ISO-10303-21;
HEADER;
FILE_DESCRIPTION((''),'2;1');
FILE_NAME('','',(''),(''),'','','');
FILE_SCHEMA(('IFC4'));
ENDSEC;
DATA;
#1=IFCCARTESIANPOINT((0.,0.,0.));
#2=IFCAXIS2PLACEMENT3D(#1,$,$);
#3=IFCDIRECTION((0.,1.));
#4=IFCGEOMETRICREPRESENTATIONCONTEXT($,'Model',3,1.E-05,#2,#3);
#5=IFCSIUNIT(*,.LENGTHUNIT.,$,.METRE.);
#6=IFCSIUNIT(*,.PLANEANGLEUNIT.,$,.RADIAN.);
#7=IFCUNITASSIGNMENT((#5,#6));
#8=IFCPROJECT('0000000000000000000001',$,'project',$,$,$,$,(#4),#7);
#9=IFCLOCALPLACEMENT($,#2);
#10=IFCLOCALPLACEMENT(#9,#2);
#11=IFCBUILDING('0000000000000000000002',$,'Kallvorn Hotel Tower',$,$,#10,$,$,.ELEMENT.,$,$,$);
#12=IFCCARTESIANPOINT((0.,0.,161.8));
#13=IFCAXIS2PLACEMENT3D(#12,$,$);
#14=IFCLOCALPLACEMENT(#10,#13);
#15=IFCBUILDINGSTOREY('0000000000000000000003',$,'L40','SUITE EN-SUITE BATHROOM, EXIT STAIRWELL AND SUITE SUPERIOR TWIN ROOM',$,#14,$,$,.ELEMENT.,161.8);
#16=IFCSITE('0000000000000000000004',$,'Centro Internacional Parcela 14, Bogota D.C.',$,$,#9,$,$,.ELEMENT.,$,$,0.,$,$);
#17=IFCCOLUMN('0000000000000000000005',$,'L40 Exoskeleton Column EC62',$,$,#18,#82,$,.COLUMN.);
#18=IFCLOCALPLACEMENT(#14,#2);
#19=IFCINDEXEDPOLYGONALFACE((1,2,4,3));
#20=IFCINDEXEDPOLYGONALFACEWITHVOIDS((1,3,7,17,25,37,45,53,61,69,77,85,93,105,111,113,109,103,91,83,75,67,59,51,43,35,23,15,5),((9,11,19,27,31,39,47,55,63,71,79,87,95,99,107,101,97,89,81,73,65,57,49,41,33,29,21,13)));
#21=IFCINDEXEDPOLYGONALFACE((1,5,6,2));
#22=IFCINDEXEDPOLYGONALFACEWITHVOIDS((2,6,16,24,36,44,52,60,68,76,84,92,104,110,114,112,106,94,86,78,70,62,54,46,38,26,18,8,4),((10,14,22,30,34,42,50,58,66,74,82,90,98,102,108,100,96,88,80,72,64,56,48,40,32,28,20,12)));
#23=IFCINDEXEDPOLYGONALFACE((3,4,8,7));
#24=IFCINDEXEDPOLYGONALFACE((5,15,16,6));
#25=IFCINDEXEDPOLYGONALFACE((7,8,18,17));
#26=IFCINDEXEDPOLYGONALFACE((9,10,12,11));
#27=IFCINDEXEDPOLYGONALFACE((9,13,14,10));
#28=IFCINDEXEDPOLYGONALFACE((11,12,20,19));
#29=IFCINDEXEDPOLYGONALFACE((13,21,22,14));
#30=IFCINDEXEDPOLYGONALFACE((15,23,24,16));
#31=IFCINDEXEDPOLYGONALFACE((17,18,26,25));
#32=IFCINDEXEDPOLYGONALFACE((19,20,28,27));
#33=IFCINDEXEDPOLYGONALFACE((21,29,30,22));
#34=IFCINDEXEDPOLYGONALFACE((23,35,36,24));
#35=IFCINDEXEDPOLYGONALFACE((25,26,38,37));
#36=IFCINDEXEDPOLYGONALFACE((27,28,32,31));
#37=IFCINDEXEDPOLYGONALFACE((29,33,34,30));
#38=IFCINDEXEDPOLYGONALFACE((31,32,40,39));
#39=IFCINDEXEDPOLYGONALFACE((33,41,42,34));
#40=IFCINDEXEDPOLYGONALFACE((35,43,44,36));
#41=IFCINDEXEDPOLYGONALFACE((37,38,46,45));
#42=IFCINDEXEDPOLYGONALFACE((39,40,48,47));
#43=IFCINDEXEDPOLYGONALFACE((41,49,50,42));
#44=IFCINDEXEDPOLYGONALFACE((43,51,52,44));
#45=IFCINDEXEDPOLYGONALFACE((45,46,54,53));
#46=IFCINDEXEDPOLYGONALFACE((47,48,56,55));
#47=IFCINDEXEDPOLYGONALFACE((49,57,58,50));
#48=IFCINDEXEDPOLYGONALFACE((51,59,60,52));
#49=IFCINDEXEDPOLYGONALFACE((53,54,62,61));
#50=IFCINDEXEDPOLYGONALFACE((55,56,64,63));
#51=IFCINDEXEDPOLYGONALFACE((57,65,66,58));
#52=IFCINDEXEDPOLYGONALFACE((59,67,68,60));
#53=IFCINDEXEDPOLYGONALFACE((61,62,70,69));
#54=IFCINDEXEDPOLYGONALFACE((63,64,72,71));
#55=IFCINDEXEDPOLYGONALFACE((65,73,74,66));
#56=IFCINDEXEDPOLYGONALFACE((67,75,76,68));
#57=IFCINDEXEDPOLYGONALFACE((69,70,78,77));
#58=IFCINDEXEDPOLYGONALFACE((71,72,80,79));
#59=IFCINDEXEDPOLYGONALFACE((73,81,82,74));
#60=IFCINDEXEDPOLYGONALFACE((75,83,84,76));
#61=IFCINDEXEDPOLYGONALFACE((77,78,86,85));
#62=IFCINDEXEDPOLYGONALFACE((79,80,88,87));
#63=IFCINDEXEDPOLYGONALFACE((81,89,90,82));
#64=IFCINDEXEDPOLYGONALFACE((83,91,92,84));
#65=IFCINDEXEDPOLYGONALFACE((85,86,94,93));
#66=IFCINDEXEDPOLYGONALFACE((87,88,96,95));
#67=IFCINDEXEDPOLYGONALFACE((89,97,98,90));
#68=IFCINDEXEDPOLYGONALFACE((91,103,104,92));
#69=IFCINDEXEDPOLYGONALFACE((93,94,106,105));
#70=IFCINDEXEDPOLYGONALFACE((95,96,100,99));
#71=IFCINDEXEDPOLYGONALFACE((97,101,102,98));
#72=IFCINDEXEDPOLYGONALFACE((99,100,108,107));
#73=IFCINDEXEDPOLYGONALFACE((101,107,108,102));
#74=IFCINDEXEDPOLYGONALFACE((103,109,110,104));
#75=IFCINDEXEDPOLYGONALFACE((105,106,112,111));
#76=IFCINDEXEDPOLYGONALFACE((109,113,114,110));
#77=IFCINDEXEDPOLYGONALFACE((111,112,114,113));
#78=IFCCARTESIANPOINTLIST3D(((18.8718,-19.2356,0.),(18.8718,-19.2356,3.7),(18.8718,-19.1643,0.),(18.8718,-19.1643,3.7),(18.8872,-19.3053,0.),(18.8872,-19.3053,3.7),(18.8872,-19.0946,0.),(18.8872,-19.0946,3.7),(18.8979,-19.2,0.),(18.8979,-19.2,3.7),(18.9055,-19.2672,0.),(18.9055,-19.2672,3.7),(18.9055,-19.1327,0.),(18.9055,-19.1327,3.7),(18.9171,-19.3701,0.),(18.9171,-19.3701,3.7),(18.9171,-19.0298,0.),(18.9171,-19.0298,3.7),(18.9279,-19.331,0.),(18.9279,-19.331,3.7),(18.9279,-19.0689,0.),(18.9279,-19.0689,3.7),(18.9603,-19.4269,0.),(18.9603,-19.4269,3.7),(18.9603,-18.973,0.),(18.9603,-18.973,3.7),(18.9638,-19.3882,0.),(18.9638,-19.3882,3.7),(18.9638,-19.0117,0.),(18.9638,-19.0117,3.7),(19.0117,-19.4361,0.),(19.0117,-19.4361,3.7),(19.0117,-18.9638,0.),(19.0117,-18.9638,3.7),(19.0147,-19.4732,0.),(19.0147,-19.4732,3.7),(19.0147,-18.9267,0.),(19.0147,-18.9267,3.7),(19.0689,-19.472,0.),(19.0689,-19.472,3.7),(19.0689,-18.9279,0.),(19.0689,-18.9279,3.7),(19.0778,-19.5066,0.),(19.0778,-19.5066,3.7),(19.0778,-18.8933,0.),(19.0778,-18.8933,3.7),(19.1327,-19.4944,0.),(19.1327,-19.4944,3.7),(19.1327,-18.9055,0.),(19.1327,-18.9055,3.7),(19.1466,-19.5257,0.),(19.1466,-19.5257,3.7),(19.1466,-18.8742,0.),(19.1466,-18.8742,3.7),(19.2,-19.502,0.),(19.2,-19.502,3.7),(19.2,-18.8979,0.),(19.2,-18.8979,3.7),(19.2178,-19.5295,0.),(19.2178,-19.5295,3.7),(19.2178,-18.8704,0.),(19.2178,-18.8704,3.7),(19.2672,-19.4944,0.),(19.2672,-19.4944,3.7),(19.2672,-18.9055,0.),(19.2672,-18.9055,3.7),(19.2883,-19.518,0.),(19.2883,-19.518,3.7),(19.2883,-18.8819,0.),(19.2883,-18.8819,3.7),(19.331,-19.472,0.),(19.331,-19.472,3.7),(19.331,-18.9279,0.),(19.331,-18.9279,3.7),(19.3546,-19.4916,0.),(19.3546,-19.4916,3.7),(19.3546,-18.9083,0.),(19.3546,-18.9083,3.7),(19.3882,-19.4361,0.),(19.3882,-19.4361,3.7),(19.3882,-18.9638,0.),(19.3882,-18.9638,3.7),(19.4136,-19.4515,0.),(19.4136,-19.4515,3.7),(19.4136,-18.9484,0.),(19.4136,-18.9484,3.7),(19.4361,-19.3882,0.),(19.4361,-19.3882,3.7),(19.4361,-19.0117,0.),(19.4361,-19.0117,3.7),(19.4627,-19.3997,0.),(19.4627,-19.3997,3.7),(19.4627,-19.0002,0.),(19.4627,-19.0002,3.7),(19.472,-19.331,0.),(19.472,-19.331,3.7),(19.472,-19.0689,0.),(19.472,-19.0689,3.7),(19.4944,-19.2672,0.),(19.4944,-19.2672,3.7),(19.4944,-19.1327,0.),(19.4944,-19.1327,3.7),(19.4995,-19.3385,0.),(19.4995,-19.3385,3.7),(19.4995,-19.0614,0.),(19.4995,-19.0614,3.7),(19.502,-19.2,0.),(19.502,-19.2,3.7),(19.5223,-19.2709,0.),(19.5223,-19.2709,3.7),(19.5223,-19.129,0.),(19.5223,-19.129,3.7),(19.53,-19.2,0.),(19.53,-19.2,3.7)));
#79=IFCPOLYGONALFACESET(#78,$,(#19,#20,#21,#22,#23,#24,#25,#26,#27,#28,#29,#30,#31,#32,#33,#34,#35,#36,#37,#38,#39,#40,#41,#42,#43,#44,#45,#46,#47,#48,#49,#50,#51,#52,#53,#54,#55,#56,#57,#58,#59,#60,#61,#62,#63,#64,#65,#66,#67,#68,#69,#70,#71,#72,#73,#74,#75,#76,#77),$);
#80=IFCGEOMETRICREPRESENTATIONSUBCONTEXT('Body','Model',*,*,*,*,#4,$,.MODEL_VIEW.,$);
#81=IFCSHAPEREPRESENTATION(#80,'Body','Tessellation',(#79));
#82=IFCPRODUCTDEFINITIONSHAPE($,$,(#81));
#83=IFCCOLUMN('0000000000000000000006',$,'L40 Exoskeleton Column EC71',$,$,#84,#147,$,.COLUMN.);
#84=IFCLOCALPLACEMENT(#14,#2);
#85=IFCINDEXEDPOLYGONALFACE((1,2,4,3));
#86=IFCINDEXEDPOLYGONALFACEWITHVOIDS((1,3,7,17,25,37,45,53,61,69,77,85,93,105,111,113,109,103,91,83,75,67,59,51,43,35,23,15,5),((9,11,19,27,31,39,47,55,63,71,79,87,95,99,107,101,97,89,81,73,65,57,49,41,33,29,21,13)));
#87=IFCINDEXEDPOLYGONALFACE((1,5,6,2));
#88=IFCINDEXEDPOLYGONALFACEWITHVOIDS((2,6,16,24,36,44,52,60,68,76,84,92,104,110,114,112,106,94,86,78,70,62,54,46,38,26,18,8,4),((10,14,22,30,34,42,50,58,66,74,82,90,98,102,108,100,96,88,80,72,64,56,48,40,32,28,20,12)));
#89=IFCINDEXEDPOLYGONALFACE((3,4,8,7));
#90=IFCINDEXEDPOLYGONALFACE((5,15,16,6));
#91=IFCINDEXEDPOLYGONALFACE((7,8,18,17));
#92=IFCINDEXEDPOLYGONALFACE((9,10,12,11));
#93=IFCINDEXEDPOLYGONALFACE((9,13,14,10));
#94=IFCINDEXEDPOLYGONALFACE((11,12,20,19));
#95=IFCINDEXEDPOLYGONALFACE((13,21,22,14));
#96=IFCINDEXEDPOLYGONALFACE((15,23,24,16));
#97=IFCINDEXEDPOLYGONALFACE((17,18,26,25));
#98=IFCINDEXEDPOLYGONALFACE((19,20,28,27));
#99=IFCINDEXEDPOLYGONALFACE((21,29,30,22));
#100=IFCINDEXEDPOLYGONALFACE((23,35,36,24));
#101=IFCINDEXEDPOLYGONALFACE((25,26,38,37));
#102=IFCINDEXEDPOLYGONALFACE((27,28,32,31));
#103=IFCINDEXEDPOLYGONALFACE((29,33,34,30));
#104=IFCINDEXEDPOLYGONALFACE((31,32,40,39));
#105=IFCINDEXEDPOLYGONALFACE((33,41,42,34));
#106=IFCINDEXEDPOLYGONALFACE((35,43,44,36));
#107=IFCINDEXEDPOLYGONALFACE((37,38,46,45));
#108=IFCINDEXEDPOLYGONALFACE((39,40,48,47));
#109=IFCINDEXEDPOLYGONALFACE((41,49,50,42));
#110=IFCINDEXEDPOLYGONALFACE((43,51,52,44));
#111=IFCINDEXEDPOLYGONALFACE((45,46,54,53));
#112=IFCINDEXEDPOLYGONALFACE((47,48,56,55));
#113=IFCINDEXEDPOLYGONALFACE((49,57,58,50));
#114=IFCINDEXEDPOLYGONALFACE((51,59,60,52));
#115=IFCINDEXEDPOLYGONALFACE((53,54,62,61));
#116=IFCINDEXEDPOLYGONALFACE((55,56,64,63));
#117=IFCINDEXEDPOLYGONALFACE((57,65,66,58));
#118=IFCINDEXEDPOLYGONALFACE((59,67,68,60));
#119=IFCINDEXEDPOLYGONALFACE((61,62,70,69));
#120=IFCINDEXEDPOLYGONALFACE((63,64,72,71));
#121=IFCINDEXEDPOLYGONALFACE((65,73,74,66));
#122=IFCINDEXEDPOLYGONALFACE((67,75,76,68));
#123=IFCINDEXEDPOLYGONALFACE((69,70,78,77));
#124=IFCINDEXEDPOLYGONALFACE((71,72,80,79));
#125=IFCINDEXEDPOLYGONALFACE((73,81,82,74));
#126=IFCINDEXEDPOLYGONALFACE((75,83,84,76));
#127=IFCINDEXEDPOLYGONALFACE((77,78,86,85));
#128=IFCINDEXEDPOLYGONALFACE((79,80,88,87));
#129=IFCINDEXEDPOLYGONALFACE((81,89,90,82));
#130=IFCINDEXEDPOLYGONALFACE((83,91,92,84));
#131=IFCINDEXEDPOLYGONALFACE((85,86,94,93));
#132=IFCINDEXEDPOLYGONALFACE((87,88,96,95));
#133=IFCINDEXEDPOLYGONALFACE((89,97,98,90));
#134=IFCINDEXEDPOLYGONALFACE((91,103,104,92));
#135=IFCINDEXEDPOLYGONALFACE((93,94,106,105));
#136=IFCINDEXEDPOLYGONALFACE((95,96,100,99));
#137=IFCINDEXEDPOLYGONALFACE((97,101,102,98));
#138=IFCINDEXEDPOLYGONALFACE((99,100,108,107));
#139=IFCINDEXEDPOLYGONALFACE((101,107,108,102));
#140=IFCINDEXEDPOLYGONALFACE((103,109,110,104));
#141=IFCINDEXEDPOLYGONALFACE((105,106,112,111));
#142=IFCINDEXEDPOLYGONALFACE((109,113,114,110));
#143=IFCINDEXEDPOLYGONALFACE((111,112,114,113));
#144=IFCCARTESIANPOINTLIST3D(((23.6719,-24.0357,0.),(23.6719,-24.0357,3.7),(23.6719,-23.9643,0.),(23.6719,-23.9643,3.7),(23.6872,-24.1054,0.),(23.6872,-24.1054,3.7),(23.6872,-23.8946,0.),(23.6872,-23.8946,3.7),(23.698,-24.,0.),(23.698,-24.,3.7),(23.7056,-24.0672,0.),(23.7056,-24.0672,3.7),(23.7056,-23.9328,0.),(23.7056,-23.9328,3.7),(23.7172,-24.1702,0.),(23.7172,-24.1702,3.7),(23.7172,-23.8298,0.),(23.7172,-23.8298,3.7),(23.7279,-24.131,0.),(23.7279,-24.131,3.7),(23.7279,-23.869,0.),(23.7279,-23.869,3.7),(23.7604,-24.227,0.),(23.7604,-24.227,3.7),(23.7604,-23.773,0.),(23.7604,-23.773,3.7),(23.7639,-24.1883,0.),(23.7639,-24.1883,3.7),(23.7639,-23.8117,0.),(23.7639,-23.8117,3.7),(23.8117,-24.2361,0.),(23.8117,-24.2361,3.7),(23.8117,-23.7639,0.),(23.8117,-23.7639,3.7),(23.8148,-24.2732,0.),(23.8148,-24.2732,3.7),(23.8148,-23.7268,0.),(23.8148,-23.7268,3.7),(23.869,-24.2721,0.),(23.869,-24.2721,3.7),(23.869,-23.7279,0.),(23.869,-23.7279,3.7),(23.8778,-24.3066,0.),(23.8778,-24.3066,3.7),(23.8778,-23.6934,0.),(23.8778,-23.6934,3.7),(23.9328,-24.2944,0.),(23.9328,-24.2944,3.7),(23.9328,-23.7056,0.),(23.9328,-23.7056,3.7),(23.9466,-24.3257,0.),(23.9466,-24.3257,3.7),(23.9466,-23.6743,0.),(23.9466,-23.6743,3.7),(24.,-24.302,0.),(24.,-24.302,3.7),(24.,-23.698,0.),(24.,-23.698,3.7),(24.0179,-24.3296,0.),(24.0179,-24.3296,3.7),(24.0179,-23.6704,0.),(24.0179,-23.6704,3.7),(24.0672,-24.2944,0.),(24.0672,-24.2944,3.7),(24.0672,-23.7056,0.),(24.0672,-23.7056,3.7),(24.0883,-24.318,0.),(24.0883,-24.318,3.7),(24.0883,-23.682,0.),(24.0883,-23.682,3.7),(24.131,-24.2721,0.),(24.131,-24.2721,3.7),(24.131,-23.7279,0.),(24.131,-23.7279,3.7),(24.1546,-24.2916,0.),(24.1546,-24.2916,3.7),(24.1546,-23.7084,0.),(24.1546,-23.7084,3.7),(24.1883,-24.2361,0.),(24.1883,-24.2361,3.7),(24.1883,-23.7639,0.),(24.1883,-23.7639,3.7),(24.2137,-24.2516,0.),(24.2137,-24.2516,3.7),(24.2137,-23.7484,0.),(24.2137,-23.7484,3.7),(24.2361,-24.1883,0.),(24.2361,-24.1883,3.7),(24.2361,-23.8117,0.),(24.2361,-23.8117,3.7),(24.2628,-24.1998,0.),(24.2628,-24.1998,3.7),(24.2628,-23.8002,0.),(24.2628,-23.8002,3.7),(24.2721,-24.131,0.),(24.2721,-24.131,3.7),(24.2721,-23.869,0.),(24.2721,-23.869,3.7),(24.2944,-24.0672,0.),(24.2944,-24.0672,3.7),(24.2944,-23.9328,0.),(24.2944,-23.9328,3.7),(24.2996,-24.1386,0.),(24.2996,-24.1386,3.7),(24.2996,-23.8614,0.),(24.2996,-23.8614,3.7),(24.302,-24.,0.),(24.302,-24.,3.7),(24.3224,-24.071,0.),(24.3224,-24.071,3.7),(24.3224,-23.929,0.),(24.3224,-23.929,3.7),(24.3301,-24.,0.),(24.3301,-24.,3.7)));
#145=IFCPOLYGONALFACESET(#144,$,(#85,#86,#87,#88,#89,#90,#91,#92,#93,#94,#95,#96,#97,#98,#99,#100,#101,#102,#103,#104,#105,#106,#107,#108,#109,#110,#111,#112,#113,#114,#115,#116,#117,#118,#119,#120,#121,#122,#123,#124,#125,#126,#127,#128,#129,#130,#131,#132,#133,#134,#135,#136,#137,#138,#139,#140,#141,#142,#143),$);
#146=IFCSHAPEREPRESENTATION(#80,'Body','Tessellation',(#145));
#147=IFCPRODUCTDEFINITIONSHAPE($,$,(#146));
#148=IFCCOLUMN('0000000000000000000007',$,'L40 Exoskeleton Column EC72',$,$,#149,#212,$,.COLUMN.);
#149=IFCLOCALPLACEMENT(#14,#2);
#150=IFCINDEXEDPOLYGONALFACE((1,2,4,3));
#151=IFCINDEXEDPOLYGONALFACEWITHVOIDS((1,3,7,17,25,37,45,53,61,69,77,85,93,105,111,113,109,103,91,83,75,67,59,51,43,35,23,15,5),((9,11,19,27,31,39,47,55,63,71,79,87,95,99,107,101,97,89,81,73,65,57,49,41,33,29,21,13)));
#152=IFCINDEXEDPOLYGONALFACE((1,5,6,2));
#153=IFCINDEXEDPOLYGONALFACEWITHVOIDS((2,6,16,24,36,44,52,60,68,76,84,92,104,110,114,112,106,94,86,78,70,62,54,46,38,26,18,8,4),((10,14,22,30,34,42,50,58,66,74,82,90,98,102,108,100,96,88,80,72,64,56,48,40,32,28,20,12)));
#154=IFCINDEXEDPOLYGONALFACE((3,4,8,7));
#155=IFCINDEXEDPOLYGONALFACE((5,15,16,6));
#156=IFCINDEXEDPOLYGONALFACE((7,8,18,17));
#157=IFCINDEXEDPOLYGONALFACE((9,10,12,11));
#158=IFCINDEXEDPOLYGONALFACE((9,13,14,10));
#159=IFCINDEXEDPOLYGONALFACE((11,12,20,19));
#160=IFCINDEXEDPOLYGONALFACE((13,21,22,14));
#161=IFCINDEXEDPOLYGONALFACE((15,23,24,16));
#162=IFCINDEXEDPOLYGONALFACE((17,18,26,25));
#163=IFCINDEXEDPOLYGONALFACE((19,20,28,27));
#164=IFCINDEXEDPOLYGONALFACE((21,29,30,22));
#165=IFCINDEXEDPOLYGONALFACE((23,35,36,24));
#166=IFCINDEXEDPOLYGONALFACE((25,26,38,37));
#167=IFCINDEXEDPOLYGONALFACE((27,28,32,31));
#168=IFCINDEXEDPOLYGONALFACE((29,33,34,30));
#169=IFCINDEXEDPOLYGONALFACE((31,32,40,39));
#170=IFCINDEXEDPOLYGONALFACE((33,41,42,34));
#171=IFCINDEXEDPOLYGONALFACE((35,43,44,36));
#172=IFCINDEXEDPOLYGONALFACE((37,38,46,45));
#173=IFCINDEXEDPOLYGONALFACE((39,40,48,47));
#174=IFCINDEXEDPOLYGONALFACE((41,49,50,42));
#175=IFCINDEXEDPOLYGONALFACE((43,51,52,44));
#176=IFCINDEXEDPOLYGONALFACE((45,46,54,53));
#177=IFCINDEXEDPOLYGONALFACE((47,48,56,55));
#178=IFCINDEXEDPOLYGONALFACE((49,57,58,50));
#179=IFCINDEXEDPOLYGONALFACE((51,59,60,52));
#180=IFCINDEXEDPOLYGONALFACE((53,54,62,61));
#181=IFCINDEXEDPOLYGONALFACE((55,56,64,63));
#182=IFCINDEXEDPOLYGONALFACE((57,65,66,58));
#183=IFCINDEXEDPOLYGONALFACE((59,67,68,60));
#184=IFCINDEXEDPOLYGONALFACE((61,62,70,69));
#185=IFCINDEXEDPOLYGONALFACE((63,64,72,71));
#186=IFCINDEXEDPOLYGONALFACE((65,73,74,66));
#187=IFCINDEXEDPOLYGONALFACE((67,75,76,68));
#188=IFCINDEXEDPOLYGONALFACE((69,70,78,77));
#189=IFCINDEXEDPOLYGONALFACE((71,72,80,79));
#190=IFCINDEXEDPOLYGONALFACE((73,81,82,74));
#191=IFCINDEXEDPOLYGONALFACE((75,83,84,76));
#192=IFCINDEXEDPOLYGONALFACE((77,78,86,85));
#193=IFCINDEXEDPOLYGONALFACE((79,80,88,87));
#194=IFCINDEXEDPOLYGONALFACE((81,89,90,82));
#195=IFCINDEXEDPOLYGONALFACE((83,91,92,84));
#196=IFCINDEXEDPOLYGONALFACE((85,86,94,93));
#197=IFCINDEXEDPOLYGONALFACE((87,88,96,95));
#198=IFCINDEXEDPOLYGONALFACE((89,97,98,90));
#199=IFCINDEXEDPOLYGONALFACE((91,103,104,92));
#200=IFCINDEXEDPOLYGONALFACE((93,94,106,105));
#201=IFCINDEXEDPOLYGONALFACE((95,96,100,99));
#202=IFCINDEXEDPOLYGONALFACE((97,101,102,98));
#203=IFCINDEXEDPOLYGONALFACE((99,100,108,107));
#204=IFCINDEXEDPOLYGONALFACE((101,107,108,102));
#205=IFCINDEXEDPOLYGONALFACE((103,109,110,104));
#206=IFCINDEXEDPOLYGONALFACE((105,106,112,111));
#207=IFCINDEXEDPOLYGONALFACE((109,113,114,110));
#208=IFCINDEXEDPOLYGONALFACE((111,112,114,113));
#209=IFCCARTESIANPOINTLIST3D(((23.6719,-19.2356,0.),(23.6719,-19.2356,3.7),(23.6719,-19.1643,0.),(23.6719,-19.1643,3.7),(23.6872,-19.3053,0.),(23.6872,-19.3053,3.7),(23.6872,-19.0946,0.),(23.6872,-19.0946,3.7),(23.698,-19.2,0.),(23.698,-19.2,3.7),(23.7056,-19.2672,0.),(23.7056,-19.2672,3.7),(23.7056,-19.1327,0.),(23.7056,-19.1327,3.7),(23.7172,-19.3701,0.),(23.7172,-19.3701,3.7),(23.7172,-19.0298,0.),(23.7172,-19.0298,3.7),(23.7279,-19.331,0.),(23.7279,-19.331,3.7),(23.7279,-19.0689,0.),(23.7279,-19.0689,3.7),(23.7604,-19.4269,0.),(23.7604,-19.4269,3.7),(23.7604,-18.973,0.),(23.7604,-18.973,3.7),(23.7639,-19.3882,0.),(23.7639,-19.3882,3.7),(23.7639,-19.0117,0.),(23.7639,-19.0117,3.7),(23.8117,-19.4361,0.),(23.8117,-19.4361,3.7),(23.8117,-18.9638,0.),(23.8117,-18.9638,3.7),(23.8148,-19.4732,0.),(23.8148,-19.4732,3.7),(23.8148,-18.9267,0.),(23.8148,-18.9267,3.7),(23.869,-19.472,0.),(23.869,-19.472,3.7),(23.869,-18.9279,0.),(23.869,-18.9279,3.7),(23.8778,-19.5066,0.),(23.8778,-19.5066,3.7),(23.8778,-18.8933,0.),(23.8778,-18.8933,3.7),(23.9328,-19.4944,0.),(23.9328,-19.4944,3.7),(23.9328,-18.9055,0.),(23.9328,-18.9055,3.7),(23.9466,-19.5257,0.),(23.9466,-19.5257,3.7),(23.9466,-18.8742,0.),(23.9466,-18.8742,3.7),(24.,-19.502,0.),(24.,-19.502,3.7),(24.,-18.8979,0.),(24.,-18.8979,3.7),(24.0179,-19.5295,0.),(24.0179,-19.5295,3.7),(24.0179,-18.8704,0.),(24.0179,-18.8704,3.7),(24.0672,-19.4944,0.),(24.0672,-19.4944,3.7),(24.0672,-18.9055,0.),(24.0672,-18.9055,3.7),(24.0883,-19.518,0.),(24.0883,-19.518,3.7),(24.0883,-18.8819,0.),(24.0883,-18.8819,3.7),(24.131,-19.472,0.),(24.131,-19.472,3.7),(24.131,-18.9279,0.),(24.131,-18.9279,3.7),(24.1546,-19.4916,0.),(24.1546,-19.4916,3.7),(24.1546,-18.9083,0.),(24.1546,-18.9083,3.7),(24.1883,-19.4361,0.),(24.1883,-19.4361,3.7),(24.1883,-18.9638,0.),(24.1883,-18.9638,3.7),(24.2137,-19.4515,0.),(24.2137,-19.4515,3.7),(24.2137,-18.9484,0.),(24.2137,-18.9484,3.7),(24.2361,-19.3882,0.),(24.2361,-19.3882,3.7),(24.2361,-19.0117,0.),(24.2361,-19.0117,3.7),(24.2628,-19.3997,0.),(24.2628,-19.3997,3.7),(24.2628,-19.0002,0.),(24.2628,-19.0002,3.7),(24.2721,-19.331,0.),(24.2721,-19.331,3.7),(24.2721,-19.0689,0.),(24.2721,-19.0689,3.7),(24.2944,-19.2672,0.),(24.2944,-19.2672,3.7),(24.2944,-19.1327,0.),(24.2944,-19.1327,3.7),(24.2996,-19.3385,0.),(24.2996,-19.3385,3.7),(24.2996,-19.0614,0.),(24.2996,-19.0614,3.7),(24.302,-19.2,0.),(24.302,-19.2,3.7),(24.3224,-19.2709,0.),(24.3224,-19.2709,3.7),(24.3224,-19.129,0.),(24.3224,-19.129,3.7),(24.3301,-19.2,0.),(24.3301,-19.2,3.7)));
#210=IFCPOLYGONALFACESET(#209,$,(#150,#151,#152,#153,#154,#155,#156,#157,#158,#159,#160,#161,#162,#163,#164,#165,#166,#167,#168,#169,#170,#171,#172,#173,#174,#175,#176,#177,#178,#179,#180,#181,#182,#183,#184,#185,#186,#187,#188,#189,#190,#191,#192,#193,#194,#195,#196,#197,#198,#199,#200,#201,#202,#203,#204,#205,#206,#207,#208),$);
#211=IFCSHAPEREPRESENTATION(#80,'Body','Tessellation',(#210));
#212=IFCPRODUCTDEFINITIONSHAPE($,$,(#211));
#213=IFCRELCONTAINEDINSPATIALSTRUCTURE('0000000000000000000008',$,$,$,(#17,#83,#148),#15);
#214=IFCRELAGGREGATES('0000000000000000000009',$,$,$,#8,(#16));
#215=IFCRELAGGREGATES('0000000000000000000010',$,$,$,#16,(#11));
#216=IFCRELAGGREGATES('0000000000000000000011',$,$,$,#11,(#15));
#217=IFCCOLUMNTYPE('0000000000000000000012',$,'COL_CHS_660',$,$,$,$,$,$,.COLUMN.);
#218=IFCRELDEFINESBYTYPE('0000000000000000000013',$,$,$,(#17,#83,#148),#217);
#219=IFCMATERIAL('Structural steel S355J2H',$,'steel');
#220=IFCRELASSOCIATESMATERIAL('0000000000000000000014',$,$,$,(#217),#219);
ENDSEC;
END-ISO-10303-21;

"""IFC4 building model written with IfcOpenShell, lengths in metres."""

from ifc_helpers import new_model, si_unit, direction, frame, origin, origin_2d, place, context, subcontext, project, spatial, hollow_circle, extrude, material, material_profile, profile_set, type_object, element, save


model = new_model("IFC4")

# Units and contexts
model_context = context("Model", 3, precision=1e-05, world=origin(), true_north=direction((0.0, 1.0)))
body_context = subcontext(model_context, "Body", "Model", "MODEL_VIEW")
ifc_project = project(units=[si_unit("LENGTHUNIT", "METRE"), si_unit("PLANEANGLEUNIT", "RADIAN")], contexts=[model_context])

# Site, building, storey
site_placement = place(None, origin())
site = spatial("IfcSite", under=ifc_project, at=site_placement, Name="Centro Internacional Parcela 14, Bogota D.C.", CompositionType="ELEMENT", RefElevation=0.0)
building_placement = place(site_placement, origin())
building = spatial("IfcBuilding", under=site, at=building_placement, Name="Kallvorn Hotel Tower", CompositionType="ELEMENT")
storey_placement = place(building_placement, frame((0.0, 0.0, 161.8)))
storey = spatial("IfcBuildingStorey", under=building, at=storey_placement, Name="L40", Description="SUITE EN-SUITE BATHROOM, EXIT STAIRWELL AND SUITE SUPERIOR TWIN ROOM", CompositionType="ELEMENT", Elevation=161.8)

# Columns
ifc_material_1 = material(Name="Structural steel S355J2H", Category="steel")
ifc_material_profile_1 = material_profile(ifc_material_1, hollow_circle(Radius=0.3301, WallThickness=0.0281, at=origin_2d()), Name="CHS 660x28")
ifc_profile_set_1 = profile_set([ifc_material_profile_1], Name="Structural steel S355J2H")
column_type = type_object("IfcColumnType", Name="COL_CHS_660", PredefinedType="COLUMN", material=ifc_profile_set_1)
for number, where, z_axis, x_axis, name in (
    (1, (19.2, -19.2, 0.0), (0.0, 0.0, 1.0), (1.0, 0.0, 0.0), "L40 Exoskeleton Column EC62"),
    (2, (24.0, -24.0, 0.0), (0.0, 0.0, 1.0), (1.0, 0.0, 0.0), "L40 Exoskeleton Column EC71"),
    (3, (24.0, -19.2, 0.0), (0.0, 0.0, 1.0), (1.0, 0.0, 0.0), "L40 Exoskeleton Column EC72"),
):
    element("IfcColumn", number, at=place(storey_placement, frame(where, z_axis=z_axis, x_axis=x_axis)), inside=storey, type_object=column_type, Name=name, PredefinedType="COLUMN", context=body_context, shape_type="SweptSolid", body=[
        extrude(hollow_circle(Radius=0.3301, WallThickness=0.0281, at=origin_2d()), origin(), (0.0, 0.0, 1.0), 3.7),
    ])

save(model, "model.ifc")
